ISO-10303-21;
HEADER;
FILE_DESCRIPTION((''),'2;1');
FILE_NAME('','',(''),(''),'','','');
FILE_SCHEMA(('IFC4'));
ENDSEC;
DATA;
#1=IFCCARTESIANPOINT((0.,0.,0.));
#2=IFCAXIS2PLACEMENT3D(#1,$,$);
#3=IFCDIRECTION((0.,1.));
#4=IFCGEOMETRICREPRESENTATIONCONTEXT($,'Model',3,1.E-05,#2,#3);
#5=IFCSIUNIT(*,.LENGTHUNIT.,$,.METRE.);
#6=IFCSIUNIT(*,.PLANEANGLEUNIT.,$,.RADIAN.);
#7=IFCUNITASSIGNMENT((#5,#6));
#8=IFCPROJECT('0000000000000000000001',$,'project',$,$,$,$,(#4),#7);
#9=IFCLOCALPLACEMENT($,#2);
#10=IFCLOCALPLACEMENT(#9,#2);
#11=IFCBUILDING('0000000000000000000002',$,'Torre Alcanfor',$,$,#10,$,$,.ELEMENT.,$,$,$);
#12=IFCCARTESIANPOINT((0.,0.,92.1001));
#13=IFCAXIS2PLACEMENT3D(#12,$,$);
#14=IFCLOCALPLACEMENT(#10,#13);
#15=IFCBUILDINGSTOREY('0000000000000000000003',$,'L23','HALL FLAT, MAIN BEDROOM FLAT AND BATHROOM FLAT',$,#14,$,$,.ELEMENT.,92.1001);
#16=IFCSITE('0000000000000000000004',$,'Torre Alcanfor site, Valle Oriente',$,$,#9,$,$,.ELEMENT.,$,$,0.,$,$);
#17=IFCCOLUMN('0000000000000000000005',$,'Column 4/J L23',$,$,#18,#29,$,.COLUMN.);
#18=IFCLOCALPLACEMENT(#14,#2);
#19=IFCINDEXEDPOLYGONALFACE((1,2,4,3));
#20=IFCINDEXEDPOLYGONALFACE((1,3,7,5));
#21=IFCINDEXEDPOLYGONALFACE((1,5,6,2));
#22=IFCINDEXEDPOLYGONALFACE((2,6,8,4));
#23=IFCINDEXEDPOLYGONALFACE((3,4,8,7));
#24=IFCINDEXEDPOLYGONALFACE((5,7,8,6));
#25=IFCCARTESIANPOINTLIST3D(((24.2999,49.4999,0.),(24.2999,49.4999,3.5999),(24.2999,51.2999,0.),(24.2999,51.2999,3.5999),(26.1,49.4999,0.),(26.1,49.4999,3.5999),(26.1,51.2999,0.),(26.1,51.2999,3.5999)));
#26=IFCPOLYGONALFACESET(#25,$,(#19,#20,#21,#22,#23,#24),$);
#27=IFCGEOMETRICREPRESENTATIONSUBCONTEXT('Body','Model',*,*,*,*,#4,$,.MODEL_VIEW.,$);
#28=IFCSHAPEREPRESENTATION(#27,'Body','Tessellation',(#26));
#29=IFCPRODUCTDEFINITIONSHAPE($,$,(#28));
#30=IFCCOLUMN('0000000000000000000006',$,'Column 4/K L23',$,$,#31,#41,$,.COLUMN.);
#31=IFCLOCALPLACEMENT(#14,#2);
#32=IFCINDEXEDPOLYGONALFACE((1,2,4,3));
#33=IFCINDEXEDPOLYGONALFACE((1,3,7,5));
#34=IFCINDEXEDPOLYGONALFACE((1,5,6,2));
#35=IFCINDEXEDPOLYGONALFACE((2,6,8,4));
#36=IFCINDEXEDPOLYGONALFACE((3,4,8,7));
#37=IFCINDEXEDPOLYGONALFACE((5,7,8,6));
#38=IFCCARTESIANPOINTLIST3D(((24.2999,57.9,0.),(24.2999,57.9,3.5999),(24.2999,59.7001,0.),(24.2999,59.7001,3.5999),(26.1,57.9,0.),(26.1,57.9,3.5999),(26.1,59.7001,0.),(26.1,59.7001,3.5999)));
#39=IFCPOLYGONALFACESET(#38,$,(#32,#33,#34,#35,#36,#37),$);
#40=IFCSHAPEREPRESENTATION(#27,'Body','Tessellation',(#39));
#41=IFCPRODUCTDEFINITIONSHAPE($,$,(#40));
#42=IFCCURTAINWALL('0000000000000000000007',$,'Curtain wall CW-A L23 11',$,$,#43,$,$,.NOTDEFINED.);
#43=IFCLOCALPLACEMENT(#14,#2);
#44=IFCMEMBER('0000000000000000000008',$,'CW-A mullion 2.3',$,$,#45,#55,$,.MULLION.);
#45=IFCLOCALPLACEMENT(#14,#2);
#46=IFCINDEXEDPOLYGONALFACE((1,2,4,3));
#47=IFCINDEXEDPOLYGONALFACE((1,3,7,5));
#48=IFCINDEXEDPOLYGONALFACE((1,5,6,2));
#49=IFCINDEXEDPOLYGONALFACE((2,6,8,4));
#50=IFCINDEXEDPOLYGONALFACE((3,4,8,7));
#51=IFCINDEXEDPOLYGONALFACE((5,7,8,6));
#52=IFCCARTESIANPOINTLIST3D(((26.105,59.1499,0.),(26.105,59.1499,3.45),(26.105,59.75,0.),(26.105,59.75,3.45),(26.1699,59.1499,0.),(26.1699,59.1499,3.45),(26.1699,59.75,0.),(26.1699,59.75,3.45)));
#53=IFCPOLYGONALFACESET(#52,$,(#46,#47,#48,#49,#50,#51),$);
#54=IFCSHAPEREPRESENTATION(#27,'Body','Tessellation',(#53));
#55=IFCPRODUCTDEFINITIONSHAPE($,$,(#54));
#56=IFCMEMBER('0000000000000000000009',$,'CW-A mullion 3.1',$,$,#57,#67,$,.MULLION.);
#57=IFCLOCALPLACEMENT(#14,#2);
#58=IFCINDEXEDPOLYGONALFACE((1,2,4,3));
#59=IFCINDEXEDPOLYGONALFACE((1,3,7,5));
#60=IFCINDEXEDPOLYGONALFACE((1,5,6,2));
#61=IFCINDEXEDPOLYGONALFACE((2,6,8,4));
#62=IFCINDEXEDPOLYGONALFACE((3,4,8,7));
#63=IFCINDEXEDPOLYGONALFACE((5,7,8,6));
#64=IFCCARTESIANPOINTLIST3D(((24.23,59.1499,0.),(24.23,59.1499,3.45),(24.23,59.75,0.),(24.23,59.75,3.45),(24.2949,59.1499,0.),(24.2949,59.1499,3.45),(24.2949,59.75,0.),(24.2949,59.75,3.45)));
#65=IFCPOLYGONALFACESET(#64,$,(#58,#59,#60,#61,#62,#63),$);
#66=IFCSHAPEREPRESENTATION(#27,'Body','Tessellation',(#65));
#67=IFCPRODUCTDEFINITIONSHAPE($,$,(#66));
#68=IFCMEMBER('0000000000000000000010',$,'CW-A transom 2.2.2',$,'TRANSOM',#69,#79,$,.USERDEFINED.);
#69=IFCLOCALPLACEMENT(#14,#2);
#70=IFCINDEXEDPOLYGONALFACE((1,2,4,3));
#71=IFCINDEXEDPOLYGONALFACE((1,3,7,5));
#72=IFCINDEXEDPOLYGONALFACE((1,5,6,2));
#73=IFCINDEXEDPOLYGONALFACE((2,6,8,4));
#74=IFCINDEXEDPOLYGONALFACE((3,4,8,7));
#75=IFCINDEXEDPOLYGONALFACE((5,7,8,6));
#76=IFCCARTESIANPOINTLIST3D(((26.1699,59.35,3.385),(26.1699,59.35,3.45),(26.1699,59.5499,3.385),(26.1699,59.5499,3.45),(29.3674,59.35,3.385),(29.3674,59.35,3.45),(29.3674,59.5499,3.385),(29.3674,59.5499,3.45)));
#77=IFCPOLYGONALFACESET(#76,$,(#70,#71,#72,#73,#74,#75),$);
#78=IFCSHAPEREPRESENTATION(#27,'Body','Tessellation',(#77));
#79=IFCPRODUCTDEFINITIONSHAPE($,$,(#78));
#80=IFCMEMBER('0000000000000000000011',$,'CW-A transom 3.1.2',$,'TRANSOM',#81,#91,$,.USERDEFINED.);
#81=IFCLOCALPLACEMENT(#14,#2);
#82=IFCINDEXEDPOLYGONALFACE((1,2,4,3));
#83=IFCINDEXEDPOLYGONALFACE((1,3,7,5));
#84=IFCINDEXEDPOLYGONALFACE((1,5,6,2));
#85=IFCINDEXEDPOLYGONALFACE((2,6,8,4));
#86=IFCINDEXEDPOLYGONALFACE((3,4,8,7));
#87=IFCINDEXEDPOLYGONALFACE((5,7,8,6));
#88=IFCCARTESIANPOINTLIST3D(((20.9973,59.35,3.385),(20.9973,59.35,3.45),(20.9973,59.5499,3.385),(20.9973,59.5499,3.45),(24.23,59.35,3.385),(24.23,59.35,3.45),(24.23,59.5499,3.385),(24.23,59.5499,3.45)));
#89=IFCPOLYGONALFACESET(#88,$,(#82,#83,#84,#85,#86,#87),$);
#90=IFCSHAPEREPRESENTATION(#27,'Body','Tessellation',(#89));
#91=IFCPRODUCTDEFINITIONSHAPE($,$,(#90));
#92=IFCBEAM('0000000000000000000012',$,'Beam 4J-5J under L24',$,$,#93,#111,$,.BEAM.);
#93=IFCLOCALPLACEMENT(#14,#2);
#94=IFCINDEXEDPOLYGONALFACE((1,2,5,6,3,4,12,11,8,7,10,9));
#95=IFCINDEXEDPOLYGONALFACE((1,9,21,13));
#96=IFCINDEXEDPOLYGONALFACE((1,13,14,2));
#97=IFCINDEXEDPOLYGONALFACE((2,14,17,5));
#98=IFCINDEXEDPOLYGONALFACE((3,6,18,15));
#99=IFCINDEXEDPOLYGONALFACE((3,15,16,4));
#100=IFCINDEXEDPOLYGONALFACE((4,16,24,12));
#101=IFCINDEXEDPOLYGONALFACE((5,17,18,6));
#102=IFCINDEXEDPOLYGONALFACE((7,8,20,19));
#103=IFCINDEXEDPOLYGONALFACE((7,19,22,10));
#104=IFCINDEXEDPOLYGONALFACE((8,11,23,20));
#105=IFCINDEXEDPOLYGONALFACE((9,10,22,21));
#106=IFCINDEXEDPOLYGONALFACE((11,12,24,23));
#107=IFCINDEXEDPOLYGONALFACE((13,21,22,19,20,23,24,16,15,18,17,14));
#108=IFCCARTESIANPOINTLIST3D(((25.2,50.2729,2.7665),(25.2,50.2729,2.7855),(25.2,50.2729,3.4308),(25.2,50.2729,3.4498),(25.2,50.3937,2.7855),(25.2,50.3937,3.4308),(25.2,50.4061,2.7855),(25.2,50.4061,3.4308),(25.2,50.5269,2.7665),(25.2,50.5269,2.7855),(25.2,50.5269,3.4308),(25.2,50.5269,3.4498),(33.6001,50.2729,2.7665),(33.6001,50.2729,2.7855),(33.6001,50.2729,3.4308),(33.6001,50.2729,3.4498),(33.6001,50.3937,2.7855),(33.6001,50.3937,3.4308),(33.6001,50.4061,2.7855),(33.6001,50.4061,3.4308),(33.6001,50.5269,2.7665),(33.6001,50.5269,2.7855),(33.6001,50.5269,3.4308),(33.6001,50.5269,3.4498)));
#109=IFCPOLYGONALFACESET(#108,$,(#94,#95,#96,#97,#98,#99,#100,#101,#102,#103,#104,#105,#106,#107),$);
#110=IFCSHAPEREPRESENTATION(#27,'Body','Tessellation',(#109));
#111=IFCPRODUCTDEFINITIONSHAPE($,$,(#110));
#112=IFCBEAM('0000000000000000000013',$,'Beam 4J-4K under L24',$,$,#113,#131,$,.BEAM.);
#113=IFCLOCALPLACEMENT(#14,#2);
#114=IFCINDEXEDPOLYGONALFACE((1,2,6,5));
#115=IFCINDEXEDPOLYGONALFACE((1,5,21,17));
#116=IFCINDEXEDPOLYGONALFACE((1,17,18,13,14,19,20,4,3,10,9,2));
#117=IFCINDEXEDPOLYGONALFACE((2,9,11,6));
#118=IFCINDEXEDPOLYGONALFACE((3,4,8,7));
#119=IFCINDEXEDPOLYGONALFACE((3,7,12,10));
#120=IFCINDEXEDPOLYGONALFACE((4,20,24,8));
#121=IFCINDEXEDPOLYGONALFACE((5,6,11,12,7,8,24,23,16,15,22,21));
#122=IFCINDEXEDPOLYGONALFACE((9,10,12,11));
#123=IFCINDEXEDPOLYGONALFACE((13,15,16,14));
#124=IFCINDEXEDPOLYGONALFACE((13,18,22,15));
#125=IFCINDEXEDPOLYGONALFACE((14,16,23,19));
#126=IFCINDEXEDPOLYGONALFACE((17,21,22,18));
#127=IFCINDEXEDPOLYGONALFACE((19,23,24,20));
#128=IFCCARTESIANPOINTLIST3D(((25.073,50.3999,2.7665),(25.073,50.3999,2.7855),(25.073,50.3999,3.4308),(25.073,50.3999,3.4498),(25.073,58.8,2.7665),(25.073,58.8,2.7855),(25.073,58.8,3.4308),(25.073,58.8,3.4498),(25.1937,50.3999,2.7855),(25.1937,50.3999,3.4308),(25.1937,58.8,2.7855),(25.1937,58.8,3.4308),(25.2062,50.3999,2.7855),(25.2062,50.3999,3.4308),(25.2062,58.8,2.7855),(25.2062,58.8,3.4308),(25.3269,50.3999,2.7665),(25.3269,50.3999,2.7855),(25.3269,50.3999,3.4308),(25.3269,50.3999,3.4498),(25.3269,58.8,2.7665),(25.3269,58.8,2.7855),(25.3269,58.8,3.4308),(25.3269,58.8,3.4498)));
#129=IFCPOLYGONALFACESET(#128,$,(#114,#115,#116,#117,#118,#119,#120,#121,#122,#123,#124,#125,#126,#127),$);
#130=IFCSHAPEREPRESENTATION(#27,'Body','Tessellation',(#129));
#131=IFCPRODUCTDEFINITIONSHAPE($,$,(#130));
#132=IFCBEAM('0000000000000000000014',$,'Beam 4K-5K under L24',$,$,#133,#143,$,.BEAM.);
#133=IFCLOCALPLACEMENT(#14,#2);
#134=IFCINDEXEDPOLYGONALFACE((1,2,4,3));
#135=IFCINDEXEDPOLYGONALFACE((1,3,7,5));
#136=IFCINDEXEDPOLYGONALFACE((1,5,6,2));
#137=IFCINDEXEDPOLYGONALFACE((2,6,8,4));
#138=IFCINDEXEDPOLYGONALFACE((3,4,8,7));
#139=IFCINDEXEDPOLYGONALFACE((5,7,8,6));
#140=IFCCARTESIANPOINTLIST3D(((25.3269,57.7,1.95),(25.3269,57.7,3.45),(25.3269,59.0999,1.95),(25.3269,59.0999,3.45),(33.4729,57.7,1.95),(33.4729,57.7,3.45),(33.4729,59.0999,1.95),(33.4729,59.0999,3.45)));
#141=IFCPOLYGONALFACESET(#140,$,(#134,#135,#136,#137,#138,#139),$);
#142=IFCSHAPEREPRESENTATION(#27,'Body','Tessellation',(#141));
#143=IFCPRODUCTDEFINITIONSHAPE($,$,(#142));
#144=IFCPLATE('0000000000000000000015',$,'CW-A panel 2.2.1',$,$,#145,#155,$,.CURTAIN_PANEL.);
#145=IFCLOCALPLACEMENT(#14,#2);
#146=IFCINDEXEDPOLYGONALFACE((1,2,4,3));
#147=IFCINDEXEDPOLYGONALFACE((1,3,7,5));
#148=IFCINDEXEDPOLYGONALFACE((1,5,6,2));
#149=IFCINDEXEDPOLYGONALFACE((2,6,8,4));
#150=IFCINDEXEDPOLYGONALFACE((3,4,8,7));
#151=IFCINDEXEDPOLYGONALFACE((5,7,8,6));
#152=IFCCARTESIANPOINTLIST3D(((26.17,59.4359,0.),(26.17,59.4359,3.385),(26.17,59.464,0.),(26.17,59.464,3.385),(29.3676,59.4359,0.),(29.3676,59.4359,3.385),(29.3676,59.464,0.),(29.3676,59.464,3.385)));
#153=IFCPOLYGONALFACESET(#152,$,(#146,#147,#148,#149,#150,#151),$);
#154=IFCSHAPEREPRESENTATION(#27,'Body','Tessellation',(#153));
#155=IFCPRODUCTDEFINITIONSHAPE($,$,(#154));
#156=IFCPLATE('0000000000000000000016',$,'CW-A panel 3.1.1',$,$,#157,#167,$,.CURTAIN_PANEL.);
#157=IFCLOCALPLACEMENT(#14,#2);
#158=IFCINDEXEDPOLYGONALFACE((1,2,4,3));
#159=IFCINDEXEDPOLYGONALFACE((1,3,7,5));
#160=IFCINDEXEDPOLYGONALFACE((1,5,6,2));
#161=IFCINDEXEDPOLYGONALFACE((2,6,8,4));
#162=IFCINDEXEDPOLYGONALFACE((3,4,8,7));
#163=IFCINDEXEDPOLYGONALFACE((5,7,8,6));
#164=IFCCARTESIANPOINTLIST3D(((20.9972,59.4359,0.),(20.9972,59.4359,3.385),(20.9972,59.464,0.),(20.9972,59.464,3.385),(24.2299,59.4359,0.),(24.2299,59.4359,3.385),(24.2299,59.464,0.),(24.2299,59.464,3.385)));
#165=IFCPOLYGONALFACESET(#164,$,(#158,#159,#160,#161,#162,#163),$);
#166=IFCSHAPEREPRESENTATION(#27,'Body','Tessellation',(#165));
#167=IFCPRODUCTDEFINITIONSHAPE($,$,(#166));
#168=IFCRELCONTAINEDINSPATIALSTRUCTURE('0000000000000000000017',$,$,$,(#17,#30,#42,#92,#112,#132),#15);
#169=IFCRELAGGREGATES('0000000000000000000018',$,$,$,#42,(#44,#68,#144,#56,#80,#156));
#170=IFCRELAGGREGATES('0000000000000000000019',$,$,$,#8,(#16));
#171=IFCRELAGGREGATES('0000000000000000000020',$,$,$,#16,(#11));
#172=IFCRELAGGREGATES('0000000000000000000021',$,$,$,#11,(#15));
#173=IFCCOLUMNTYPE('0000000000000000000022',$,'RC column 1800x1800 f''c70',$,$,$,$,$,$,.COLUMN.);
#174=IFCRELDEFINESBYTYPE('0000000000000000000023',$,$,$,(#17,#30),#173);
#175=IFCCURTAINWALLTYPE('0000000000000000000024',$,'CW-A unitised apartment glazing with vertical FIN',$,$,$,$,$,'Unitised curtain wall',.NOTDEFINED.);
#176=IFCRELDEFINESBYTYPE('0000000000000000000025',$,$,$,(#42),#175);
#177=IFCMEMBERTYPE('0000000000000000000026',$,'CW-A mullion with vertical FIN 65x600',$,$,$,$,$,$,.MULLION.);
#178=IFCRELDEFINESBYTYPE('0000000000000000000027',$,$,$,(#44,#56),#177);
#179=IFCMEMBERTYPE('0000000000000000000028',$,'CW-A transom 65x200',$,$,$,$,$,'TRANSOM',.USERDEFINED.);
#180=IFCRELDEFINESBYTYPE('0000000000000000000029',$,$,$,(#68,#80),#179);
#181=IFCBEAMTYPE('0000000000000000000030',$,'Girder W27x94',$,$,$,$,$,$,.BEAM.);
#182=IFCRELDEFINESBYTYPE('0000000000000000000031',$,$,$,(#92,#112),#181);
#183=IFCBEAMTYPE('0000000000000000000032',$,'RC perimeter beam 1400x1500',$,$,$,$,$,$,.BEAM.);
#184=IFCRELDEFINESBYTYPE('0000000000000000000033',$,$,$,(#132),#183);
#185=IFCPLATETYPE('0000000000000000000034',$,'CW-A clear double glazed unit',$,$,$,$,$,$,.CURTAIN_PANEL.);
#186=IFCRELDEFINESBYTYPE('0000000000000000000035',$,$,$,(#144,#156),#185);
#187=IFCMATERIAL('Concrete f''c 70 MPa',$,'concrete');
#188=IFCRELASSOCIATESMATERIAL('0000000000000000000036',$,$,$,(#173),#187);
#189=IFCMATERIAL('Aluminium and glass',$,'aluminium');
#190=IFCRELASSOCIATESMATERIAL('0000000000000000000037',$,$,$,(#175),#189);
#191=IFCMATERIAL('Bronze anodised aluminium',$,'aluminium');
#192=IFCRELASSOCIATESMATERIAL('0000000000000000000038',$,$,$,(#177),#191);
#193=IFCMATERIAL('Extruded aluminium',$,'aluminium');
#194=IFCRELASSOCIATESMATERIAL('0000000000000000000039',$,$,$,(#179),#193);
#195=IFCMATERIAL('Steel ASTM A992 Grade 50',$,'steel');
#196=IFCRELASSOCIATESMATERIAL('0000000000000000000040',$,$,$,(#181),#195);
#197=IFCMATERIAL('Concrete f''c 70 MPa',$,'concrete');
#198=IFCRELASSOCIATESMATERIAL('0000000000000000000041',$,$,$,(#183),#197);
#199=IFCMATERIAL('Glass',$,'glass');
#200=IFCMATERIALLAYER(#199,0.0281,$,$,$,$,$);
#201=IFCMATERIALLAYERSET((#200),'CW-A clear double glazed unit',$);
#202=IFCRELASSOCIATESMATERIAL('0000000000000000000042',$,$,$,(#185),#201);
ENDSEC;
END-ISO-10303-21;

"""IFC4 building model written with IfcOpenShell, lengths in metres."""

from ifc_helpers import new_model, si_unit, direction, frame, origin, origin_2d, place, context, subcontext, project, spatial, rectangle, i_section, extrude, material, layer, layer_set, material_profile, profile_set, type_object, element, aggregate, save


model = new_model("IFC4")

# Units and contexts
model_context = context("Model", 3, precision=1e-05, world=origin(), true_north=direction((0.0, 1.0)))
body_context = subcontext(model_context, "Body", "Model", "MODEL_VIEW")
ifc_project = project(units=[si_unit("LENGTHUNIT", "METRE"), si_unit("PLANEANGLEUNIT", "RADIAN")], contexts=[model_context])

# Site, building, storey
site_placement = place(None, origin())
site = spatial("IfcSite", under=ifc_project, at=site_placement, Name="Torre Alcanfor site, Valle Oriente", CompositionType="ELEMENT", RefElevation=0.0)
building_placement = place(site_placement, origin())
building = spatial("IfcBuilding", under=site, at=building_placement, Name="Torre Alcanfor", CompositionType="ELEMENT")
storey_placement = place(building_placement, frame((0.0, 0.0, 92.1001)))
storey = spatial("IfcBuildingStorey", under=building, at=storey_placement, Name="L23", Description="HALL FLAT, MAIN BEDROOM FLAT AND BATHROOM FLAT", CompositionType="ELEMENT", Elevation=92.1001)

# Columns
ifc_material_1 = material(Name="Concrete f'c 70 MPa", Category="concrete")
ifc_material_profile_1 = material_profile(ifc_material_1, rectangle(XDim=1.8, YDim=1.8, at=origin_2d()), Name="1800x1800")
ifc_profile_set_1 = profile_set([ifc_material_profile_1], Name="Concrete f'c 70 MPa")
column_type = type_object("IfcColumnType", Name="RC column 1800x1800 f'c70", PredefinedType="COLUMN", material=ifc_profile_set_1)
for number, where, z_axis, x_axis, name in (
    (1, (25.2, 50.3999, 0.0), (0.0, 0.0, 1.0), (1.0, 0.0, 0.0), "Column 4/J L23"),
    (2, (25.2, 58.8, 0.0), (0.0, 0.0, 1.0), (1.0, 0.0, 0.0), "Column 4/K L23"),
):
    element("IfcColumn", number, at=place(storey_placement, frame(where, z_axis=z_axis, x_axis=x_axis)), inside=storey, type_object=column_type, Name=name, PredefinedType="COLUMN", context=body_context, shape_type="SweptSolid", body=[
        extrude(rectangle(XDim=1.8, YDim=1.8, at=origin_2d()), origin(), (0.0, 0.0, 1.0), 3.5999),
    ])

# Curtain wall, members
ifc_material_2 = material(Name="Aluminium and glass", Category="aluminium")
curtain_wall_type = type_object("IfcCurtainWallType", Name="CW-A unitised apartment glazing with vertical FIN", ElementType="Unitised curtain wall", PredefinedType="NOTDEFINED", material=ifc_material_2)
curtain_wall_placement = place(storey_placement, origin())
curtain_wall = element("IfcCurtainWall", 3, at=curtain_wall_placement, inside=storey, type_object=curtain_wall_type, Name="Curtain wall CW-A L23 11", PredefinedType="NOTDEFINED")
ifc_material_3 = material(Name="Bronze anodised aluminium", Category="aluminium")
ifc_material_profile_2 = material_profile(ifc_material_3, rectangle(XDim=0.6001, YDim=0.0649, at=origin_2d()), Name="CW-A mullion 65x600")
ifc_profile_set_2 = profile_set([ifc_material_profile_2], Name="Bronze anodised aluminium")
member_type_1 = type_object("IfcMemberType", Name="CW-A mullion with vertical FIN 65x600", PredefinedType="MULLION", material=ifc_profile_set_2)
member_1_placement = place(storey_placement, frame((26.1375, 59.45, 0.0), z_axis=(0.0, 0.0, 1.0), x_axis=(0.0, -1.0, 0.0)))
member_1 = element("IfcMember", 4, at=member_1_placement, type_object=member_type_1, Name="CW-A mullion 2.3", PredefinedType="MULLION", context=body_context, shape_type="SweptSolid", body=[
    extrude(rectangle(XDim=0.6001, YDim=0.0649, at=origin_2d()), origin(), (0.0, 0.0, 1.0), 3.45),
])
member_2_placement = place(storey_placement, frame((24.2625, 59.45, 0.0), z_axis=(0.0, 0.0, 1.0), x_axis=(0.0, -1.0, 0.0)))
member_2 = element("IfcMember", 5, at=member_2_placement, type_object=member_type_1, Name="CW-A mullion 3.1", PredefinedType="MULLION", context=body_context, shape_type="SweptSolid", body=[
    extrude(rectangle(XDim=0.6001, YDim=0.0649, at=origin_2d()), origin(), (0.0, 0.0, 1.0), 3.45),
])
ifc_material_4 = material(Name="Extruded aluminium", Category="aluminium")
ifc_material_profile_3 = material_profile(ifc_material_4, rectangle(XDim=0.2, YDim=0.0649, at=origin_2d()), Name="CW-A transom 200x65")
ifc_profile_set_3 = profile_set([ifc_material_profile_3], Name="Extruded aluminium")
member_type_2 = type_object("IfcMemberType", Name="CW-A transom 65x200", ElementType="TRANSOM", PredefinedType="USERDEFINED", material=ifc_profile_set_3)
member_3_placement = place(storey_placement, frame((29.3674, 59.45, 3.4175), z_axis=(-1.0, 0.0, 0.0), x_axis=(0.0, -1.0, 0.0)))
member_3 = element("IfcMember", 6, at=member_3_placement, type_object=member_type_2, Name="CW-A transom 2.2.2", ObjectType="TRANSOM", PredefinedType="USERDEFINED", context=body_context, shape_type="SweptSolid", body=[
    extrude(rectangle(XDim=0.2, YDim=0.0649, at=origin_2d()), origin(), (0.0, 0.0, 1.0), 3.1975),
])
member_4_placement = place(storey_placement, frame((24.23, 59.45, 3.4175), z_axis=(-1.0, 0.0, 0.0), x_axis=(0.0, -1.0, 0.0)))
member_4 = element("IfcMember", 7, at=member_4_placement, type_object=member_type_2, Name="CW-A transom 3.1.2", ObjectType="TRANSOM", PredefinedType="USERDEFINED", context=body_context, shape_type="SweptSolid", body=[
    extrude(rectangle(XDim=0.2, YDim=0.0649, at=origin_2d()), origin(), (0.0, 0.0, 1.0), 3.2327),
])

# Beams
ifc_material_5 = material(Name="Steel ASTM A992 Grade 50", Category="steel")
ifc_material_profile_4 = material_profile(ifc_material_5, i_section(OverallWidth=0.2539, OverallDepth=0.6833, WebThickness=0.0125, FlangeThickness=0.019, at=origin_2d()), Name="W27x94")
ifc_profile_set_4 = profile_set([ifc_material_profile_4], Name="Steel ASTM A992 Grade 50")
beam_type_1 = type_object("IfcBeamType", Name="Girder W27x94", PredefinedType="BEAM", material=ifc_profile_set_4)
for number, where, z_axis, x_axis, name in (
    (8, (25.2, 50.3999, 3.1082), (1.0, 0.0, 0.0), (0.0, 1.0, 0.0), "Beam 4J-5J under L24"),
    (9, (25.2, 50.3999, 3.1082), (0.0, 1.0, 0.0), (-1.0, 0.0, 0.0), "Beam 4J-4K under L24"),
):
    element("IfcBeam", number, at=place(storey_placement, frame(where, z_axis=z_axis, x_axis=x_axis)), inside=storey, type_object=beam_type_1, Name=name, PredefinedType="BEAM", context=body_context, shape_type="SweptSolid", body=[
        extrude(i_section(OverallWidth=0.2539, OverallDepth=0.6833, WebThickness=0.0125, FlangeThickness=0.019, at=origin_2d()), origin(), (0.0, 0.0, 1.0), 8.4001),
    ])
ifc_material_6 = material(Name="Concrete f'c 70 MPa", Category="concrete")
ifc_material_profile_5 = material_profile(ifc_material_6, rectangle(XDim=1.3999, YDim=1.5, at=origin_2d()), Name="1400x1500")
ifc_profile_set_5 = profile_set([ifc_material_profile_5], Name="Concrete f'c 70 MPa")
beam_type_2 = type_object("IfcBeamType", Name="RC perimeter beam 1400x1500", PredefinedType="BEAM", material=ifc_profile_set_5)
beam_placement = place(storey_placement, frame((25.3269, 58.3999, 2.7), z_axis=(1.0, 0.0, 0.0), x_axis=(0.0, 1.0, 0.0)))
element("IfcBeam", 10, at=beam_placement, inside=storey, type_object=beam_type_2, Name="Beam 4K-5K under L24", PredefinedType="BEAM", context=body_context, shape_type="SweptSolid", body=[
    extrude(rectangle(XDim=1.3999, YDim=1.5, at=origin_2d()), origin(), (0.0, 0.0, 1.0), 8.146),
])

# Plates
ifc_material_7 = material(Name="Glass", Category="glass")
ifc_layer_1 = layer(ifc_material_7, 0.0281)
ifc_layer_set_1 = layer_set([ifc_layer_1], Name="CW-A clear double glazed unit")
plate_type = type_object("IfcPlateType", Name="CW-A clear double glazed unit", PredefinedType="CURTAIN_PANEL", material=ifc_layer_set_1)
plate_1_placement = place(storey_placement, frame((27.7688, 59.45, 0.0), z_axis=(0.0, 0.0, 1.0), x_axis=(-1.0, 0.0, 0.0)))
plate_1 = element("IfcPlate", 11, at=plate_1_placement, type_object=plate_type, Name="CW-A panel 2.2.1", PredefinedType="CURTAIN_PANEL", context=body_context, shape_type="SweptSolid", body=[
    extrude(rectangle(XDim=3.1975, YDim=0.0281, at=origin_2d()), origin(), (0.0, 0.0, 1.0), 3.385),
])
plate_2_placement = place(storey_placement, frame((22.6135, 59.45, 0.0), z_axis=(0.0, 0.0, 1.0), x_axis=(-1.0, 0.0, 0.0)))
plate_2 = element("IfcPlate", 12, at=plate_2_placement, type_object=plate_type, Name="CW-A panel 3.1.1", PredefinedType="CURTAIN_PANEL", context=body_context, shape_type="SweptSolid", body=[
    extrude(rectangle(XDim=3.2327, YDim=0.0281, at=origin_2d()), origin(), (0.0, 0.0, 1.0), 3.385),
])
aggregate(curtain_wall, [member_1, member_3, plate_1, member_2, member_4, plate_2])

save(model, "model.ifc")
